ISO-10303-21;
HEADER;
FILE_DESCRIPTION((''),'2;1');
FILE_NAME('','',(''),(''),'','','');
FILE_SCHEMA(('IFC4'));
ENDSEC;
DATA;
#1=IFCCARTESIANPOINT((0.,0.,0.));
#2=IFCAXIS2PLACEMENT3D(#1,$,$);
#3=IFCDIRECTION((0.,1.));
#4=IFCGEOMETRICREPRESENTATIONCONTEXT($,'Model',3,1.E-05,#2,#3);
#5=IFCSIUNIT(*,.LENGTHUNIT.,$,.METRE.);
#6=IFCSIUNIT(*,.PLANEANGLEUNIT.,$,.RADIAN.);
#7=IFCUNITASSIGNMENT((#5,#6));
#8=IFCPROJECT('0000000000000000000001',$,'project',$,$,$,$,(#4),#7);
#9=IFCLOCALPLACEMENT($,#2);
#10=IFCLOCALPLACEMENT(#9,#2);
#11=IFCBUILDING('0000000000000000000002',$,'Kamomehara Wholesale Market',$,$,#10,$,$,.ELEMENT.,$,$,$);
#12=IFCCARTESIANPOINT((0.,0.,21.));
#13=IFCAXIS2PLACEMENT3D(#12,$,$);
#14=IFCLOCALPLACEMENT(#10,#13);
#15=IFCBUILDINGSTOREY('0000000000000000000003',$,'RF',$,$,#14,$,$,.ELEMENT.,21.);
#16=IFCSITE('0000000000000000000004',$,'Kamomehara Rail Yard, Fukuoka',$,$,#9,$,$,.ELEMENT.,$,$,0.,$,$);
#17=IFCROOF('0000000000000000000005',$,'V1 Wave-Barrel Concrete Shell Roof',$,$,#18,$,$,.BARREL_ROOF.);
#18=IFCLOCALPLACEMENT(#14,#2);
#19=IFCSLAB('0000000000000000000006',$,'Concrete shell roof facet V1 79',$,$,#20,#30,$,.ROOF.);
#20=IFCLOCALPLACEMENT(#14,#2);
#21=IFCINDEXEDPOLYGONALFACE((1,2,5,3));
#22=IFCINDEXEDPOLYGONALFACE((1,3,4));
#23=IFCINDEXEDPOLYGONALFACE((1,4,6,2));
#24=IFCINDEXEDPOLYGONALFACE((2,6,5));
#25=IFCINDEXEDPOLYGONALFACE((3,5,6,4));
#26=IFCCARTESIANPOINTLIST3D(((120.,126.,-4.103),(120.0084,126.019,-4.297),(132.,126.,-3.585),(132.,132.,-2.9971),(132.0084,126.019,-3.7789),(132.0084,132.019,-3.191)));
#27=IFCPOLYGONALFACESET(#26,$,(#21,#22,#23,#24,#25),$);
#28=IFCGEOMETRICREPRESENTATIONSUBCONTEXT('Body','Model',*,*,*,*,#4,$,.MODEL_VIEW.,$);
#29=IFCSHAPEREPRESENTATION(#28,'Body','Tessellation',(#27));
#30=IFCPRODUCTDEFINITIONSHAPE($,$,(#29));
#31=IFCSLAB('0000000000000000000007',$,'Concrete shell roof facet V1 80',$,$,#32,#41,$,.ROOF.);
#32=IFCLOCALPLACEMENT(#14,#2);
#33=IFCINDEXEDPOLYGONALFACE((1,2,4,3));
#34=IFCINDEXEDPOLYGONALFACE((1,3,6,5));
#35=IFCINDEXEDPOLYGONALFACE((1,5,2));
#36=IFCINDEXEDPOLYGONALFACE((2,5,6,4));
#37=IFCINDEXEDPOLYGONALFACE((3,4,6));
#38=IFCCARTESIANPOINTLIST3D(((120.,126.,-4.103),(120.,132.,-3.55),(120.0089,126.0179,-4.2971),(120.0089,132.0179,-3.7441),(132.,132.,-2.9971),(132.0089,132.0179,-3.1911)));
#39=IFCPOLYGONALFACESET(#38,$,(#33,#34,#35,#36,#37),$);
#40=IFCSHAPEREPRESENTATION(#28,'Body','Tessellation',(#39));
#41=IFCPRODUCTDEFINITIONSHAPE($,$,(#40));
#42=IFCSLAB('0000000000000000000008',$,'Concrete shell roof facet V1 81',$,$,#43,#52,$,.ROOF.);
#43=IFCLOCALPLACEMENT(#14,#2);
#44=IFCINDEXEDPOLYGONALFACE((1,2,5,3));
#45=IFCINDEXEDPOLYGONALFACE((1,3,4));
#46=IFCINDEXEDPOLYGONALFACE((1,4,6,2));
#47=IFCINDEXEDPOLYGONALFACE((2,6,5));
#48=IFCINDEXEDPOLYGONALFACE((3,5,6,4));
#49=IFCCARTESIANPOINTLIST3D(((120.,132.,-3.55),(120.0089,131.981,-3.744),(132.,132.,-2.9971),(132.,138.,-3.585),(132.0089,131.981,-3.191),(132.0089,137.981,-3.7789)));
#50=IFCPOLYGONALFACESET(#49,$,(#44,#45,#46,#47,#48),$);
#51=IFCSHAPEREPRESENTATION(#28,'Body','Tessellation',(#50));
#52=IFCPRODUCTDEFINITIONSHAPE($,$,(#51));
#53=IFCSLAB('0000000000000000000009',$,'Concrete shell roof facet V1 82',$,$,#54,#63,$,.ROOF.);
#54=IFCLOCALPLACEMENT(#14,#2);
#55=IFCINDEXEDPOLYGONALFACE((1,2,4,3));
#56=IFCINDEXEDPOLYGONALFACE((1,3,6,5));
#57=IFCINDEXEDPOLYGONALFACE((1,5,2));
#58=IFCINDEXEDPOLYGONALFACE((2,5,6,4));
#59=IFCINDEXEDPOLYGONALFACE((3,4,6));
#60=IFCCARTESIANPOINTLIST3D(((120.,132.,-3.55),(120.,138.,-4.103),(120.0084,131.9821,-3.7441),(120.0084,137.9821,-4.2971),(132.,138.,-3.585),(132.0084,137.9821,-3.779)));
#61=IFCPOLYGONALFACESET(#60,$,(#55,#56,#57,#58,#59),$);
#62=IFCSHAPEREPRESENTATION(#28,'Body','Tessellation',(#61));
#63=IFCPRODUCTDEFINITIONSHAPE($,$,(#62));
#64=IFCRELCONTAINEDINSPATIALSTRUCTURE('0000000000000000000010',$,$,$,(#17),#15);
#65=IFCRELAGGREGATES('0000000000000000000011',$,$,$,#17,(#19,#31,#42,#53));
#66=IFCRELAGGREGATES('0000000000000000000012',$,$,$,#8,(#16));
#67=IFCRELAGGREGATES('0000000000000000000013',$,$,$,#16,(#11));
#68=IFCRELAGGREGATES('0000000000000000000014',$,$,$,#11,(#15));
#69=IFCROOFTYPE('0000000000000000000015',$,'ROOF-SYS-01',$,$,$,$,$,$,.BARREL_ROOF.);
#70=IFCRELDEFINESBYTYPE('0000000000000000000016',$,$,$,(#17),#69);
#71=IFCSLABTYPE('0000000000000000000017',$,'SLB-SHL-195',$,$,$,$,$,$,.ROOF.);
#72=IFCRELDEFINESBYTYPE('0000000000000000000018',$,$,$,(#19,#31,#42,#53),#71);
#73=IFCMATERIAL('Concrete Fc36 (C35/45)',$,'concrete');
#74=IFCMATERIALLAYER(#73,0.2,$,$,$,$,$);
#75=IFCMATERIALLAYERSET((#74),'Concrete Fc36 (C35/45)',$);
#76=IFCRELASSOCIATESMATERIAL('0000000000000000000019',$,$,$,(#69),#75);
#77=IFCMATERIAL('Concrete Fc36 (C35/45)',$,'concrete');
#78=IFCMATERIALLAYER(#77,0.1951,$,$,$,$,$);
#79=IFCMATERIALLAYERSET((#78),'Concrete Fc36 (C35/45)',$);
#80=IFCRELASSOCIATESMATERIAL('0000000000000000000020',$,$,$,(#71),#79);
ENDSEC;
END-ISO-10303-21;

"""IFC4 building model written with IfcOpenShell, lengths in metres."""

from ifc_helpers import new_model, si_unit, direction, frame, origin, place, context, subcontext, project, spatial, polyline, outline, extrude, material, layer, layer_set, type_object, element, aggregate, save


model = new_model("IFC4")

# Units and contexts
model_context = context("Model", 3, precision=1e-05, world=origin(), true_north=direction((0.0, 1.0)))
body_context = subcontext(model_context, "Body", "Model", "MODEL_VIEW")
ifc_project = project(units=[si_unit("LENGTHUNIT", "METRE"), si_unit("PLANEANGLEUNIT", "RADIAN")], contexts=[model_context])

# Site, building, storey
site_placement = place(None, origin())
site = spatial("IfcSite", under=ifc_project, at=site_placement, Name="Kamomehara Rail Yard, Fukuoka", CompositionType="ELEMENT", RefElevation=0.0)
building_placement = place(site_placement, origin())
building = spatial("IfcBuilding", under=site, at=building_placement, Name="Kamomehara Wholesale Market", CompositionType="ELEMENT")
storey_placement = place(building_placement, frame((0.0, 0.0, 21.0)))
storey = spatial("IfcBuildingStorey", under=building, at=storey_placement, Name="RF", CompositionType="ELEMENT", Elevation=21.0)

# Roof, slabs
ifc_material_1 = material(Name="Concrete Fc36 (C35/45)", Category="concrete")
ifc_layer_1 = layer(ifc_material_1, 0.2)
ifc_layer_set_1 = layer_set([ifc_layer_1], Name="Concrete Fc36 (C35/45)")
roof_type = type_object("IfcRoofType", Name="ROOF-SYS-01", PredefinedType="BARREL_ROOF", material=ifc_layer_set_1)
roof_placement = place(storey_placement, origin())
roof = element("IfcRoof", 1, at=roof_placement, inside=storey, type_object=roof_type, Name="V1 Wave-Barrel Concrete Shell Roof", PredefinedType="BARREL_ROOF")
ifc_material_2 = material(Name="Concrete Fc36 (C35/45)", Category="concrete")
ifc_layer_2 = layer(ifc_material_2, 0.1951)
ifc_layer_set_2 = layer_set([ifc_layer_2], Name="Concrete Fc36 (C35/45)")
slab_type_1 = type_object("IfcSlabType", Name="SLB-SHL-195", PredefinedType="ROOF", material=ifc_layer_set_2)
slab_1_placement = place(storey_placement, frame((120.0, 126.0, -4.103), z_axis=(-0.042927, -0.097425, 0.994317), x_axis=(0.999069, 0.0, 0.043132)))
slab_1 = element("IfcSlab", 2, at=slab_1_placement, type_object=slab_type_1, Name="Concrete shell roof facet V1 79", PredefinedType="ROOF", context=body_context, shape_type="SweptSolid", body=[
    extrude(outline(polyline([(0.0, 0.0), (12.0112, 0.0), (12.0365, 6.0287), (0.0, 0.0)])), origin(), (0.0, 0.0, -1.0), 0.1951),
])
slab_2_placement = place(storey_placement, frame((120.0, 126.0, -4.103), z_axis=(-0.045839, -0.091678, 0.994733), x_axis=(0.891404, 0.445702, 0.082155)))
slab_2 = element("IfcSlab", 3, at=slab_2_placement, type_object=slab_type_1, Name="Concrete shell roof facet V1 80", PredefinedType="ROOF", context=body_context, shape_type="SweptSolid", body=[
    extrude(outline(polyline([(0.0, 0.0), (13.4619, 0.0), (2.7196, 5.3767), (0.0, 0.0)])), origin(), (0.0, 0.0, -1.0), 0.1951),
])
slab_3_placement = place(storey_placement, frame((120.0, 132.0, -3.55), z_axis=(-0.045814, 0.097412, 0.994189), x_axis=(0.99894, 0.0, 0.046033)))
slab_3 = element("IfcSlab", 4, at=slab_3_placement, type_object=slab_type_1, Name="Concrete shell roof facet V1 81", PredefinedType="ROOF", context=body_context, shape_type="SweptSolid", body=[
    extrude(outline(polyline([(0.0, 0.0), (12.0127, 0.0), (11.9857, 6.0287), (0.0, 0.0)])), origin(), (0.0, 0.0, -1.0), 0.1951),
])
slab_4_placement = place(storey_placement, frame((120.0, 132.0, -3.55), z_axis=(-0.04295, 0.091689, 0.994861), x_axis=(0.894424, 0.447212, -0.002602)))
slab_4 = element("IfcSlab", 5, at=slab_4_placement, type_object=slab_type_1, Name="Concrete shell roof facet V1 82", PredefinedType="ROOF", context=body_context, shape_type="SweptSolid", body=[
    extrude(outline(polyline([(0.0, 0.0), (13.4165, 0.0), (2.6847, 5.3943), (0.0, 0.0)])), origin(), (0.0, 0.0, -1.0), 0.1951),
])
aggregate(roof, [slab_1, slab_2, slab_3, slab_4])

save(model, "model.ifc")
